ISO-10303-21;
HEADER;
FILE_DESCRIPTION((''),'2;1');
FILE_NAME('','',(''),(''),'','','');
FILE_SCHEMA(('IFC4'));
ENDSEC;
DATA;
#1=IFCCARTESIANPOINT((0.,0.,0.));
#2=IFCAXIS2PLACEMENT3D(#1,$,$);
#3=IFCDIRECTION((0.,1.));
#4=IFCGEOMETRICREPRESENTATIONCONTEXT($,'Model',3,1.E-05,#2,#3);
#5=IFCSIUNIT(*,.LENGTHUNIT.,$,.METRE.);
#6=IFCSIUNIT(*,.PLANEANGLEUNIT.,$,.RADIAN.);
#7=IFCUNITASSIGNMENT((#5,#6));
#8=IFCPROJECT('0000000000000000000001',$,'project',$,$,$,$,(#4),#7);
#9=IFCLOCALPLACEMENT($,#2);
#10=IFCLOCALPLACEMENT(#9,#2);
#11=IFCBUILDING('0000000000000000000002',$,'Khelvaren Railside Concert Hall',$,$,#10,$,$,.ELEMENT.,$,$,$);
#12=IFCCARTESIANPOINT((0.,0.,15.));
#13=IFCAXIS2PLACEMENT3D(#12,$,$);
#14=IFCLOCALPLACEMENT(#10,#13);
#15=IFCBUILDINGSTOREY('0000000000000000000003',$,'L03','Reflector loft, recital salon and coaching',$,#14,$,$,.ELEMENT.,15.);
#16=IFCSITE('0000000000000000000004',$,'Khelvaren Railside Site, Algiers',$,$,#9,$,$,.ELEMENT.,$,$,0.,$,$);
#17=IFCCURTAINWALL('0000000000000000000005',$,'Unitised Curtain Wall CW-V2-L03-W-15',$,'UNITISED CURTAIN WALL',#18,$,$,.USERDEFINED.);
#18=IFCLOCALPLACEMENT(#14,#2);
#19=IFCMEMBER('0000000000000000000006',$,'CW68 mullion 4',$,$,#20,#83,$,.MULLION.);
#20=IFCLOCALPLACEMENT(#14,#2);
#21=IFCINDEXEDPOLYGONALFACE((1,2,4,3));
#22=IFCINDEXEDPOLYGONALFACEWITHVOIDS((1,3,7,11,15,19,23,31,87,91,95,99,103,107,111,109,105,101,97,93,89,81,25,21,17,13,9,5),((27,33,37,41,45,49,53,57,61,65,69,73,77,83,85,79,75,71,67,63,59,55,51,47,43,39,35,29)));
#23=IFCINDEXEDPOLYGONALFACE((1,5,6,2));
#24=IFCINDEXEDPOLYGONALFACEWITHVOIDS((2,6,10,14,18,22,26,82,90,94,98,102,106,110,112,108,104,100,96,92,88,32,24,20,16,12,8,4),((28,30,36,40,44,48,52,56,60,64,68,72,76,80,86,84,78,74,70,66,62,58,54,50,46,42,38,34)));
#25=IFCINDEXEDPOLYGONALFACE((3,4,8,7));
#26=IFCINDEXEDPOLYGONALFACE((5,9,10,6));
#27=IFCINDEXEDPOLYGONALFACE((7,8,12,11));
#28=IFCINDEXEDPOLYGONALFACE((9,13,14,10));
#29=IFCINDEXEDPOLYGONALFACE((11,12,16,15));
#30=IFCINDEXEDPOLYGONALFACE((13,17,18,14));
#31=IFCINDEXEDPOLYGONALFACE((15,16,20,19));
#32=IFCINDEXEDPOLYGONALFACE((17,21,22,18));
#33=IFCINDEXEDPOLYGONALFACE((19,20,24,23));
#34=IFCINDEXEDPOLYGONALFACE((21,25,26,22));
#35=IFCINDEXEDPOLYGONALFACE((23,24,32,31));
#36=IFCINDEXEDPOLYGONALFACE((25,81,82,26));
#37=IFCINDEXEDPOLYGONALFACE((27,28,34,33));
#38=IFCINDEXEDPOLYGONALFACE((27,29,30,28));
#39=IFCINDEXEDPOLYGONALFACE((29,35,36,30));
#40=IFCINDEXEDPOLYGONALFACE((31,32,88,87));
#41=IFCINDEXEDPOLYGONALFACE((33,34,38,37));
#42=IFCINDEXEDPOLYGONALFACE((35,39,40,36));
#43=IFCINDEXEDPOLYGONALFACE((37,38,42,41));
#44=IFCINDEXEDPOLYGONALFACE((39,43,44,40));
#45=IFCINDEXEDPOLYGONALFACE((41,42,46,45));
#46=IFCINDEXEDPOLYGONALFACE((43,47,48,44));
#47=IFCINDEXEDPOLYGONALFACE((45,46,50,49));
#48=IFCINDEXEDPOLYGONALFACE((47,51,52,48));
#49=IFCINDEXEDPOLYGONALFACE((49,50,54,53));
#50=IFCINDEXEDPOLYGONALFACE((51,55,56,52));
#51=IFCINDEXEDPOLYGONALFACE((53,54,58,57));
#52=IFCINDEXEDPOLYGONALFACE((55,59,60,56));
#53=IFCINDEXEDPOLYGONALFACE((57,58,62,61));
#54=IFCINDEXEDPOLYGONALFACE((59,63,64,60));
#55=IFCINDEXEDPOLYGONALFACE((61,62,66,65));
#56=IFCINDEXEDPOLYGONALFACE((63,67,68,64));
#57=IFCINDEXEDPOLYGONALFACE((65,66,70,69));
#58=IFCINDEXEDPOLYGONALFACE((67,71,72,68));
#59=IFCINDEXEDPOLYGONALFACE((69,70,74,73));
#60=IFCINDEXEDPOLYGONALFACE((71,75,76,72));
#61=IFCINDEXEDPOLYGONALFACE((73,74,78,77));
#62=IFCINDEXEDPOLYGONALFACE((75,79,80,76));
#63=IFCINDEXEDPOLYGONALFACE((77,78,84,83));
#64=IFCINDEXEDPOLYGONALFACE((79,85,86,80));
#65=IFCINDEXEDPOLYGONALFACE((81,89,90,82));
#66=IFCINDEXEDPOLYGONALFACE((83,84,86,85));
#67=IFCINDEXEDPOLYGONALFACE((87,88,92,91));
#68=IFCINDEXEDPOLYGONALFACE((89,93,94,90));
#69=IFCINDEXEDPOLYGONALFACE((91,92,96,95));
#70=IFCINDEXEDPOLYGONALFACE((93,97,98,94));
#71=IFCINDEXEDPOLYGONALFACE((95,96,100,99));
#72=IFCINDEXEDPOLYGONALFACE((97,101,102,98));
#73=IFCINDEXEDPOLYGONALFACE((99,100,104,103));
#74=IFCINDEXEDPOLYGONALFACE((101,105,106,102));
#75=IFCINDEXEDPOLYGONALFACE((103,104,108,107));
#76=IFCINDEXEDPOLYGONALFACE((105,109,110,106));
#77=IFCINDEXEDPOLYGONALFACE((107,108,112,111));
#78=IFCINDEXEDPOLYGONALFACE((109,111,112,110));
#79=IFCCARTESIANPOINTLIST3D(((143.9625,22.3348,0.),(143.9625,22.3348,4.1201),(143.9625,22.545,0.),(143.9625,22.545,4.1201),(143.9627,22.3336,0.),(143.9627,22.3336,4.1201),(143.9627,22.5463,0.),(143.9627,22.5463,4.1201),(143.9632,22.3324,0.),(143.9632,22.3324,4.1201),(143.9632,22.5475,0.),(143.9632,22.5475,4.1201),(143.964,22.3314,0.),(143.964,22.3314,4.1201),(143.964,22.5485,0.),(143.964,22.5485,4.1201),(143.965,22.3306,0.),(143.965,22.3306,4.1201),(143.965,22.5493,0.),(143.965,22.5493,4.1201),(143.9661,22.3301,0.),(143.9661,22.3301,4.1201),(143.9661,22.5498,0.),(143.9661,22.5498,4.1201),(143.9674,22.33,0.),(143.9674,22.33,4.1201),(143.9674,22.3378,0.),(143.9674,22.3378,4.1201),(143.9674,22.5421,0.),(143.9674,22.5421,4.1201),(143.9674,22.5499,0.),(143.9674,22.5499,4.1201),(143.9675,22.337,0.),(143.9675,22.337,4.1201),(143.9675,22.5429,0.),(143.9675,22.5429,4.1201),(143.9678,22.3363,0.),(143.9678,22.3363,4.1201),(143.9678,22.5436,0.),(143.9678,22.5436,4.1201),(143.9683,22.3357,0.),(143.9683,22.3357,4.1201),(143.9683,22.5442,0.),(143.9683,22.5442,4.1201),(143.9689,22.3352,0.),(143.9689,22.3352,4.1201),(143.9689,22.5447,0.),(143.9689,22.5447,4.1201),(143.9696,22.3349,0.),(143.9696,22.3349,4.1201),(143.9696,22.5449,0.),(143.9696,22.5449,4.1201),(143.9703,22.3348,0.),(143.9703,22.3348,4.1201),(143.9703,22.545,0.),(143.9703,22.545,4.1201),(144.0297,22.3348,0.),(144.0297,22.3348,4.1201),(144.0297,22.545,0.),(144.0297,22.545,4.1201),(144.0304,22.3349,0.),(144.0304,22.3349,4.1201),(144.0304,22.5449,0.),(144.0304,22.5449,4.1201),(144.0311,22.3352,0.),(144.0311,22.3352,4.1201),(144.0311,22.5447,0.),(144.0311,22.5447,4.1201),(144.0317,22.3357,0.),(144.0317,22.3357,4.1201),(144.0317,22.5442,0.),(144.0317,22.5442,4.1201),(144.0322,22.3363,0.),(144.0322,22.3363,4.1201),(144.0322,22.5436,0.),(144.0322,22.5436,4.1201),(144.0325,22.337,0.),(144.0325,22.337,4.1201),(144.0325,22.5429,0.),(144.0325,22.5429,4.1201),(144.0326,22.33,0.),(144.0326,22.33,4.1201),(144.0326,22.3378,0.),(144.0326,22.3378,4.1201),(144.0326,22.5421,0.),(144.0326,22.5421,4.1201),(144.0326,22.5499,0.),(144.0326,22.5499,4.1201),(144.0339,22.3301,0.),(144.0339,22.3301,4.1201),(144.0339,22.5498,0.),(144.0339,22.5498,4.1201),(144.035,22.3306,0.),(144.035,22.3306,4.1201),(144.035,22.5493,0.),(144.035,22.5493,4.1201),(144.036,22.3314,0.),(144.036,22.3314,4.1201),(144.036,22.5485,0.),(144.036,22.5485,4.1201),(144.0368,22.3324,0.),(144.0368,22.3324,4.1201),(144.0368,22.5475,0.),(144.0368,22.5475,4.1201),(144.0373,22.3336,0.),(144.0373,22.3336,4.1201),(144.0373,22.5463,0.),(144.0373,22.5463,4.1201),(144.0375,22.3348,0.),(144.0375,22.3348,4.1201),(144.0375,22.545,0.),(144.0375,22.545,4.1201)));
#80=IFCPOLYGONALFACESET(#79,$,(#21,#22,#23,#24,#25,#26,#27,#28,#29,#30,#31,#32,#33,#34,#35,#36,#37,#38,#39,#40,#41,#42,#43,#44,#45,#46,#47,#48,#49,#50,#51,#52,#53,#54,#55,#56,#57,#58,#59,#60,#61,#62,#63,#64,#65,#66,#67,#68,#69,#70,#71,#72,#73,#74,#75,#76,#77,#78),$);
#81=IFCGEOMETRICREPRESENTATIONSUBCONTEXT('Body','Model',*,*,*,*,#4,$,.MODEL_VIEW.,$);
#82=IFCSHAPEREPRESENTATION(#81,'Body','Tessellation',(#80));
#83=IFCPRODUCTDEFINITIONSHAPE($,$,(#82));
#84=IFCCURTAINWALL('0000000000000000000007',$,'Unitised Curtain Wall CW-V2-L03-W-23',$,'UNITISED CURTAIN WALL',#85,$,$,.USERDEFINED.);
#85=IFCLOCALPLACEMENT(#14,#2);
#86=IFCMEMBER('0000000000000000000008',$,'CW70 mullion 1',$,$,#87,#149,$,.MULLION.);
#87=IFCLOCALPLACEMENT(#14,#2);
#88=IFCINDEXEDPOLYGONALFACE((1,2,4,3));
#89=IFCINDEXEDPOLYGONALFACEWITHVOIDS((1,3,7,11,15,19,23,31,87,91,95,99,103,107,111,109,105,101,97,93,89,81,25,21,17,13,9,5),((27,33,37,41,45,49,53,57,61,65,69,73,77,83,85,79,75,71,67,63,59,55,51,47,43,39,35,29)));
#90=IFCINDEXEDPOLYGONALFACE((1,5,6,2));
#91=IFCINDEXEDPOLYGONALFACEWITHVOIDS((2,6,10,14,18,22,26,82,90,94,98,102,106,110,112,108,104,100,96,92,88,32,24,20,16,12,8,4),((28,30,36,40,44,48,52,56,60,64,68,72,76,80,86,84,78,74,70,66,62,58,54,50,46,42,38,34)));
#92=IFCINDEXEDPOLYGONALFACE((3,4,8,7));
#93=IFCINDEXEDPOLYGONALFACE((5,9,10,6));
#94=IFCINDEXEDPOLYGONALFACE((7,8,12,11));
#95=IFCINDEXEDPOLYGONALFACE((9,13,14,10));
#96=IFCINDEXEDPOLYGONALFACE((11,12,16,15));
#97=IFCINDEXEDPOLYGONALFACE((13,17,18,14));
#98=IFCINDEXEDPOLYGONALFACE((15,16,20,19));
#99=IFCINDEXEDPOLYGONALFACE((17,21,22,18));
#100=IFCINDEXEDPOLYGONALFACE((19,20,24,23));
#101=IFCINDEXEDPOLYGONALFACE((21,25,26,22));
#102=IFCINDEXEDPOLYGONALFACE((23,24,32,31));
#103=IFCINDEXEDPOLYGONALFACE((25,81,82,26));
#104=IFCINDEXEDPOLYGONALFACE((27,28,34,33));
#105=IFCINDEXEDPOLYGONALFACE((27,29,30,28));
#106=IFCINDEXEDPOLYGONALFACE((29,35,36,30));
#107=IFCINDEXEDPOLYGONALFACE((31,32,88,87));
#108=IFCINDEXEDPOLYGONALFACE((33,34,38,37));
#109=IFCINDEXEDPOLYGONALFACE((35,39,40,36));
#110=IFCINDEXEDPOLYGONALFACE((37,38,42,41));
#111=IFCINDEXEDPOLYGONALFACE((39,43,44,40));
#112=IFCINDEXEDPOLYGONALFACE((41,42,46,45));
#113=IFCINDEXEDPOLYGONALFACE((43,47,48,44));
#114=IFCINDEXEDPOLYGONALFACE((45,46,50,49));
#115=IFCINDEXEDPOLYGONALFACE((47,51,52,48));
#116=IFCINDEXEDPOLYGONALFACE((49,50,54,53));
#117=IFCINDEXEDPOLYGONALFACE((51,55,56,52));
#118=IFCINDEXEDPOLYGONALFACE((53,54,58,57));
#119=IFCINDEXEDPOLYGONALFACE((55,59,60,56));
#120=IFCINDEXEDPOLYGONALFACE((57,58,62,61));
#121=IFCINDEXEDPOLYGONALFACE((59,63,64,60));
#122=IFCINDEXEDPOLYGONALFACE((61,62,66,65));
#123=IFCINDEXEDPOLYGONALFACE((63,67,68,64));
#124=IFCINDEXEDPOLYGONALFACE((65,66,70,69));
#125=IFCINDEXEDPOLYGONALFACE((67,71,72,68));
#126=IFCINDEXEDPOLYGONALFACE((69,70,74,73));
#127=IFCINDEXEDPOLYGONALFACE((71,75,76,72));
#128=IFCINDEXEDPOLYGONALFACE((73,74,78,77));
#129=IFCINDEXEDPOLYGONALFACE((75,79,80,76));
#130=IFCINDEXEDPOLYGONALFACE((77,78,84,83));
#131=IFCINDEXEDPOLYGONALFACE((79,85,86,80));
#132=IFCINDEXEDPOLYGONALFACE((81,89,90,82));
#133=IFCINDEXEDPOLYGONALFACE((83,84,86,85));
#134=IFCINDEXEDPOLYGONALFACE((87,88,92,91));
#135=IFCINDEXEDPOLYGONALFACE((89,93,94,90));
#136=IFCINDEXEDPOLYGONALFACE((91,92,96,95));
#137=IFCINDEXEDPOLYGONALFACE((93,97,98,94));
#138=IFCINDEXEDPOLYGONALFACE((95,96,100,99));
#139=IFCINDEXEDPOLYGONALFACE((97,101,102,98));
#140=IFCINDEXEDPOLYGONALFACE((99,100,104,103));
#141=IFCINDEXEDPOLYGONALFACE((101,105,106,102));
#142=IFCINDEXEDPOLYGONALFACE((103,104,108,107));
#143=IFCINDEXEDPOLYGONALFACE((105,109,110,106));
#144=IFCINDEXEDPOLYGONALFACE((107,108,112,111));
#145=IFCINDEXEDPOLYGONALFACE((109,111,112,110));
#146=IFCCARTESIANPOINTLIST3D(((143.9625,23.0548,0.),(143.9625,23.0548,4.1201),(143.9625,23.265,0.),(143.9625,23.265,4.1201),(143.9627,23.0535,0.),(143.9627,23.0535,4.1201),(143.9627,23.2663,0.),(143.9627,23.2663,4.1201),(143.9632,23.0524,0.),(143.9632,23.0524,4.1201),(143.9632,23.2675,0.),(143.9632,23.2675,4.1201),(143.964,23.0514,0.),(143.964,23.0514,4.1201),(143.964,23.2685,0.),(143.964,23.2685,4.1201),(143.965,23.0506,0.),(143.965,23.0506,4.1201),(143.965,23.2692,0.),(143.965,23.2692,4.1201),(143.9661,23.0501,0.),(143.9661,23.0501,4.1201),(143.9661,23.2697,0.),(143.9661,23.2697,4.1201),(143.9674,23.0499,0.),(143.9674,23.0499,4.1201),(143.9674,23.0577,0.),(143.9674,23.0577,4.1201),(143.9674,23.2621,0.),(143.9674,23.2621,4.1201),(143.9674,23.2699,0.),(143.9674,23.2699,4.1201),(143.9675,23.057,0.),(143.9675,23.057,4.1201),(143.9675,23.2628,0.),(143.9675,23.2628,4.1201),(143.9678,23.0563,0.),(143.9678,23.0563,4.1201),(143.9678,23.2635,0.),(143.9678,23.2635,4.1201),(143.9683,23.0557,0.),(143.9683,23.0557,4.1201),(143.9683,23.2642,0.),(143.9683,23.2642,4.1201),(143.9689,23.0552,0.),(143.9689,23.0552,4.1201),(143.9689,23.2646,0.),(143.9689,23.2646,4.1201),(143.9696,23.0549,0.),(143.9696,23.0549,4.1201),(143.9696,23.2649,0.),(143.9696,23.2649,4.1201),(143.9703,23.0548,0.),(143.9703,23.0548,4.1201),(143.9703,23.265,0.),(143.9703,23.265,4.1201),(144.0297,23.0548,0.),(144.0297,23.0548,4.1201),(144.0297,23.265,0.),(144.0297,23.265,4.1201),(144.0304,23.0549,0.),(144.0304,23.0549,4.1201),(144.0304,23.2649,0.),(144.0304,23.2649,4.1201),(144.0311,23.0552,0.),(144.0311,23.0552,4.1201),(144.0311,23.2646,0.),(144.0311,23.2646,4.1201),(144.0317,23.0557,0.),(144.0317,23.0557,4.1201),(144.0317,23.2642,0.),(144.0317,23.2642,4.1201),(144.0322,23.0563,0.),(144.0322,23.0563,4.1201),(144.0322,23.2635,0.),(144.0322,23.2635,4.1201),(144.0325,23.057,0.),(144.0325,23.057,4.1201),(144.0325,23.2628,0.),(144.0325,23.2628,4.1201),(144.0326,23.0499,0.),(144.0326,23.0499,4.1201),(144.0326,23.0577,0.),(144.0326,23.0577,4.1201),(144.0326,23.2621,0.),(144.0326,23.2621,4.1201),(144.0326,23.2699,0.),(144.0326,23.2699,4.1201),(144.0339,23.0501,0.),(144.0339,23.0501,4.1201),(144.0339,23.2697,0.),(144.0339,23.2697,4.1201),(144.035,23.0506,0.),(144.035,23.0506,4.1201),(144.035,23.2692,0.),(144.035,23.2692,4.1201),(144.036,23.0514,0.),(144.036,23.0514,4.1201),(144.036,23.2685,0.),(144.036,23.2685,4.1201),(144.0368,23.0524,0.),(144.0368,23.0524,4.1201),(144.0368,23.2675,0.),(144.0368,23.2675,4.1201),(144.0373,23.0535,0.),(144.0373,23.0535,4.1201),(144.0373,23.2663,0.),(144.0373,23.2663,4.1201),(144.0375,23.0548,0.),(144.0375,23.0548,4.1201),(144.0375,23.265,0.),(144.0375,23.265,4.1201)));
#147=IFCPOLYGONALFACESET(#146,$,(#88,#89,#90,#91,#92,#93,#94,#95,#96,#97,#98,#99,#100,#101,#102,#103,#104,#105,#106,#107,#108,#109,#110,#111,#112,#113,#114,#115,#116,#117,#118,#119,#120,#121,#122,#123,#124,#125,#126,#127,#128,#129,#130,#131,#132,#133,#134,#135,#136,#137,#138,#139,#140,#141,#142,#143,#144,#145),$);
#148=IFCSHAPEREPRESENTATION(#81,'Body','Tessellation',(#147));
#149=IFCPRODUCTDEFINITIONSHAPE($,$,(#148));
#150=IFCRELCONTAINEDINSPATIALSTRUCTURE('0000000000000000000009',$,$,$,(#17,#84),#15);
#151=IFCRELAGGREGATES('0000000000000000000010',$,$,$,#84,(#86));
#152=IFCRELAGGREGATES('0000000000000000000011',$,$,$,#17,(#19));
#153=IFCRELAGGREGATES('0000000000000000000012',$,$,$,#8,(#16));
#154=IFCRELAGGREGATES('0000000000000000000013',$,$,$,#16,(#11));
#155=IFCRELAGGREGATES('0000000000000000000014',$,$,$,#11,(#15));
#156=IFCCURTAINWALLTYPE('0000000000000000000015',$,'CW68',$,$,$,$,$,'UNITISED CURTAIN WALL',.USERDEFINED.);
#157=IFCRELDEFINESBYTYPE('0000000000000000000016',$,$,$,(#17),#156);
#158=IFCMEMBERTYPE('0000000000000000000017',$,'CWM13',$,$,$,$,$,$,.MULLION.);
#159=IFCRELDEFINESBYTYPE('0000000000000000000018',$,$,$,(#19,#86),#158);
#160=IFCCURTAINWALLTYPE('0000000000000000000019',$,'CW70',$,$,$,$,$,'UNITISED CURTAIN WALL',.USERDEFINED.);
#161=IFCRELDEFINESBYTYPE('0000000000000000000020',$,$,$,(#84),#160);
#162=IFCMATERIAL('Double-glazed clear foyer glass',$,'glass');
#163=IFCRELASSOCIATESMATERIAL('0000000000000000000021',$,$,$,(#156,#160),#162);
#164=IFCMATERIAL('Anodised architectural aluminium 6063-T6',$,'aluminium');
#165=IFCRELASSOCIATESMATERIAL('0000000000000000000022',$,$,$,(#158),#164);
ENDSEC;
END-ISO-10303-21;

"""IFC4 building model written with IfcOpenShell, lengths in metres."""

from ifc_helpers import new_model, si_unit, direction, frame, origin, origin_2d, place, context, subcontext, project, spatial, hollow_rectangle, extrude, material, material_profile, profile_set, type_object, element, aggregate, save


model = new_model("IFC4")

# Units and contexts
model_context = context("Model", 3, precision=1e-05, world=origin(), true_north=direction((0.0, 1.0)))
body_context = subcontext(model_context, "Body", "Model", "MODEL_VIEW")
ifc_project = project(units=[si_unit("LENGTHUNIT", "METRE"), si_unit("PLANEANGLEUNIT", "RADIAN")], contexts=[model_context])

# Site, building, storey
site_placement = place(None, origin())
site = spatial("IfcSite", under=ifc_project, at=site_placement, Name="Khelvaren Railside Site, Algiers", CompositionType="ELEMENT", RefElevation=0.0)
building_placement = place(site_placement, origin())
building = spatial("IfcBuilding", under=site, at=building_placement, Name="Khelvaren Railside Concert Hall", CompositionType="ELEMENT")
storey_placement = place(building_placement, frame((0.0, 0.0, 15.0)))
storey = spatial("IfcBuildingStorey", under=building, at=storey_placement, Name="L03", Description="Reflector loft, recital salon and coaching", CompositionType="ELEMENT", Elevation=15.0)

# Curtain wall, member
ifc_material_1 = material(Name="Double-glazed clear foyer glass", Category="glass")
curtain_wall_type_1 = type_object("IfcCurtainWallType", Name="CW68", ElementType="UNITISED CURTAIN WALL", PredefinedType="USERDEFINED", material=ifc_material_1)
curtain_wall_1_placement = place(storey_placement, origin())
curtain_wall_1 = element("IfcCurtainWall", 1, at=curtain_wall_1_placement, inside=storey, type_object=curtain_wall_type_1, Name="Unitised Curtain Wall CW-V2-L03-W-15", ObjectType="UNITISED CURTAIN WALL", PredefinedType="USERDEFINED")
ifc_material_2 = material(Name="Anodised architectural aluminium 6063-T6", Category="aluminium")
ifc_material_profile_1 = material_profile(ifc_material_2, hollow_rectangle(XDim=0.075, YDim=0.22, WallThickness=0.0049, InnerFilletRadius=0.0029, OuterFilletRadius=0.0049, at=origin_2d()), Name="CWM 75x220x5")
ifc_profile_set_1 = profile_set([ifc_material_profile_1], Name="Anodised architectural aluminium 6063-T6")
member_type_1 = type_object("IfcMemberType", Name="CWM13", PredefinedType="MULLION", material=ifc_profile_set_1)
member_1_placement = place(storey_placement, frame((144.0, 22.4399, 0.0), z_axis=(0.0, 0.0, 1.0), x_axis=(-1.0, 0.0, 0.0)))
member_1 = element("IfcMember", 2, at=member_1_placement, type_object=member_type_1, Name="CW68 mullion 4", PredefinedType="MULLION", context=body_context, shape_type="SweptSolid", body=[
    extrude(hollow_rectangle(XDim=0.075, YDim=0.22, WallThickness=0.0049, InnerFilletRadius=0.0029, OuterFilletRadius=0.0049, at=origin_2d()), origin(), (0.0, 0.0, 1.0), 4.1201),
])

# Curtain wall, member
curtain_wall_type_2 = type_object("IfcCurtainWallType", Name="CW70", ElementType="UNITISED CURTAIN WALL", PredefinedType="USERDEFINED", material=ifc_material_1)
curtain_wall_2_placement = place(storey_placement, origin())
curtain_wall_2 = element("IfcCurtainWall", 3, at=curtain_wall_2_placement, inside=storey, type_object=curtain_wall_type_2, Name="Unitised Curtain Wall CW-V2-L03-W-23", ObjectType="UNITISED CURTAIN WALL", PredefinedType="USERDEFINED")
member_2_placement = place(storey_placement, frame((144.0, 23.1599, 0.0), z_axis=(0.0, 0.0, 1.0), x_axis=(-1.0, 0.0, 0.0)))
member_2 = element("IfcMember", 4, at=member_2_placement, type_object=member_type_1, Name="CW70 mullion 1", PredefinedType="MULLION", context=body_context, shape_type="SweptSolid", body=[
    extrude(hollow_rectangle(XDim=0.075, YDim=0.22, WallThickness=0.0049, InnerFilletRadius=0.0029, OuterFilletRadius=0.0049, at=origin_2d()), origin(), (0.0, 0.0, 1.0), 4.1201),
])

aggregate(curtain_wall_2, [member_2])

aggregate(curtain_wall_1, [member_1])

save(model, "model.ifc")
